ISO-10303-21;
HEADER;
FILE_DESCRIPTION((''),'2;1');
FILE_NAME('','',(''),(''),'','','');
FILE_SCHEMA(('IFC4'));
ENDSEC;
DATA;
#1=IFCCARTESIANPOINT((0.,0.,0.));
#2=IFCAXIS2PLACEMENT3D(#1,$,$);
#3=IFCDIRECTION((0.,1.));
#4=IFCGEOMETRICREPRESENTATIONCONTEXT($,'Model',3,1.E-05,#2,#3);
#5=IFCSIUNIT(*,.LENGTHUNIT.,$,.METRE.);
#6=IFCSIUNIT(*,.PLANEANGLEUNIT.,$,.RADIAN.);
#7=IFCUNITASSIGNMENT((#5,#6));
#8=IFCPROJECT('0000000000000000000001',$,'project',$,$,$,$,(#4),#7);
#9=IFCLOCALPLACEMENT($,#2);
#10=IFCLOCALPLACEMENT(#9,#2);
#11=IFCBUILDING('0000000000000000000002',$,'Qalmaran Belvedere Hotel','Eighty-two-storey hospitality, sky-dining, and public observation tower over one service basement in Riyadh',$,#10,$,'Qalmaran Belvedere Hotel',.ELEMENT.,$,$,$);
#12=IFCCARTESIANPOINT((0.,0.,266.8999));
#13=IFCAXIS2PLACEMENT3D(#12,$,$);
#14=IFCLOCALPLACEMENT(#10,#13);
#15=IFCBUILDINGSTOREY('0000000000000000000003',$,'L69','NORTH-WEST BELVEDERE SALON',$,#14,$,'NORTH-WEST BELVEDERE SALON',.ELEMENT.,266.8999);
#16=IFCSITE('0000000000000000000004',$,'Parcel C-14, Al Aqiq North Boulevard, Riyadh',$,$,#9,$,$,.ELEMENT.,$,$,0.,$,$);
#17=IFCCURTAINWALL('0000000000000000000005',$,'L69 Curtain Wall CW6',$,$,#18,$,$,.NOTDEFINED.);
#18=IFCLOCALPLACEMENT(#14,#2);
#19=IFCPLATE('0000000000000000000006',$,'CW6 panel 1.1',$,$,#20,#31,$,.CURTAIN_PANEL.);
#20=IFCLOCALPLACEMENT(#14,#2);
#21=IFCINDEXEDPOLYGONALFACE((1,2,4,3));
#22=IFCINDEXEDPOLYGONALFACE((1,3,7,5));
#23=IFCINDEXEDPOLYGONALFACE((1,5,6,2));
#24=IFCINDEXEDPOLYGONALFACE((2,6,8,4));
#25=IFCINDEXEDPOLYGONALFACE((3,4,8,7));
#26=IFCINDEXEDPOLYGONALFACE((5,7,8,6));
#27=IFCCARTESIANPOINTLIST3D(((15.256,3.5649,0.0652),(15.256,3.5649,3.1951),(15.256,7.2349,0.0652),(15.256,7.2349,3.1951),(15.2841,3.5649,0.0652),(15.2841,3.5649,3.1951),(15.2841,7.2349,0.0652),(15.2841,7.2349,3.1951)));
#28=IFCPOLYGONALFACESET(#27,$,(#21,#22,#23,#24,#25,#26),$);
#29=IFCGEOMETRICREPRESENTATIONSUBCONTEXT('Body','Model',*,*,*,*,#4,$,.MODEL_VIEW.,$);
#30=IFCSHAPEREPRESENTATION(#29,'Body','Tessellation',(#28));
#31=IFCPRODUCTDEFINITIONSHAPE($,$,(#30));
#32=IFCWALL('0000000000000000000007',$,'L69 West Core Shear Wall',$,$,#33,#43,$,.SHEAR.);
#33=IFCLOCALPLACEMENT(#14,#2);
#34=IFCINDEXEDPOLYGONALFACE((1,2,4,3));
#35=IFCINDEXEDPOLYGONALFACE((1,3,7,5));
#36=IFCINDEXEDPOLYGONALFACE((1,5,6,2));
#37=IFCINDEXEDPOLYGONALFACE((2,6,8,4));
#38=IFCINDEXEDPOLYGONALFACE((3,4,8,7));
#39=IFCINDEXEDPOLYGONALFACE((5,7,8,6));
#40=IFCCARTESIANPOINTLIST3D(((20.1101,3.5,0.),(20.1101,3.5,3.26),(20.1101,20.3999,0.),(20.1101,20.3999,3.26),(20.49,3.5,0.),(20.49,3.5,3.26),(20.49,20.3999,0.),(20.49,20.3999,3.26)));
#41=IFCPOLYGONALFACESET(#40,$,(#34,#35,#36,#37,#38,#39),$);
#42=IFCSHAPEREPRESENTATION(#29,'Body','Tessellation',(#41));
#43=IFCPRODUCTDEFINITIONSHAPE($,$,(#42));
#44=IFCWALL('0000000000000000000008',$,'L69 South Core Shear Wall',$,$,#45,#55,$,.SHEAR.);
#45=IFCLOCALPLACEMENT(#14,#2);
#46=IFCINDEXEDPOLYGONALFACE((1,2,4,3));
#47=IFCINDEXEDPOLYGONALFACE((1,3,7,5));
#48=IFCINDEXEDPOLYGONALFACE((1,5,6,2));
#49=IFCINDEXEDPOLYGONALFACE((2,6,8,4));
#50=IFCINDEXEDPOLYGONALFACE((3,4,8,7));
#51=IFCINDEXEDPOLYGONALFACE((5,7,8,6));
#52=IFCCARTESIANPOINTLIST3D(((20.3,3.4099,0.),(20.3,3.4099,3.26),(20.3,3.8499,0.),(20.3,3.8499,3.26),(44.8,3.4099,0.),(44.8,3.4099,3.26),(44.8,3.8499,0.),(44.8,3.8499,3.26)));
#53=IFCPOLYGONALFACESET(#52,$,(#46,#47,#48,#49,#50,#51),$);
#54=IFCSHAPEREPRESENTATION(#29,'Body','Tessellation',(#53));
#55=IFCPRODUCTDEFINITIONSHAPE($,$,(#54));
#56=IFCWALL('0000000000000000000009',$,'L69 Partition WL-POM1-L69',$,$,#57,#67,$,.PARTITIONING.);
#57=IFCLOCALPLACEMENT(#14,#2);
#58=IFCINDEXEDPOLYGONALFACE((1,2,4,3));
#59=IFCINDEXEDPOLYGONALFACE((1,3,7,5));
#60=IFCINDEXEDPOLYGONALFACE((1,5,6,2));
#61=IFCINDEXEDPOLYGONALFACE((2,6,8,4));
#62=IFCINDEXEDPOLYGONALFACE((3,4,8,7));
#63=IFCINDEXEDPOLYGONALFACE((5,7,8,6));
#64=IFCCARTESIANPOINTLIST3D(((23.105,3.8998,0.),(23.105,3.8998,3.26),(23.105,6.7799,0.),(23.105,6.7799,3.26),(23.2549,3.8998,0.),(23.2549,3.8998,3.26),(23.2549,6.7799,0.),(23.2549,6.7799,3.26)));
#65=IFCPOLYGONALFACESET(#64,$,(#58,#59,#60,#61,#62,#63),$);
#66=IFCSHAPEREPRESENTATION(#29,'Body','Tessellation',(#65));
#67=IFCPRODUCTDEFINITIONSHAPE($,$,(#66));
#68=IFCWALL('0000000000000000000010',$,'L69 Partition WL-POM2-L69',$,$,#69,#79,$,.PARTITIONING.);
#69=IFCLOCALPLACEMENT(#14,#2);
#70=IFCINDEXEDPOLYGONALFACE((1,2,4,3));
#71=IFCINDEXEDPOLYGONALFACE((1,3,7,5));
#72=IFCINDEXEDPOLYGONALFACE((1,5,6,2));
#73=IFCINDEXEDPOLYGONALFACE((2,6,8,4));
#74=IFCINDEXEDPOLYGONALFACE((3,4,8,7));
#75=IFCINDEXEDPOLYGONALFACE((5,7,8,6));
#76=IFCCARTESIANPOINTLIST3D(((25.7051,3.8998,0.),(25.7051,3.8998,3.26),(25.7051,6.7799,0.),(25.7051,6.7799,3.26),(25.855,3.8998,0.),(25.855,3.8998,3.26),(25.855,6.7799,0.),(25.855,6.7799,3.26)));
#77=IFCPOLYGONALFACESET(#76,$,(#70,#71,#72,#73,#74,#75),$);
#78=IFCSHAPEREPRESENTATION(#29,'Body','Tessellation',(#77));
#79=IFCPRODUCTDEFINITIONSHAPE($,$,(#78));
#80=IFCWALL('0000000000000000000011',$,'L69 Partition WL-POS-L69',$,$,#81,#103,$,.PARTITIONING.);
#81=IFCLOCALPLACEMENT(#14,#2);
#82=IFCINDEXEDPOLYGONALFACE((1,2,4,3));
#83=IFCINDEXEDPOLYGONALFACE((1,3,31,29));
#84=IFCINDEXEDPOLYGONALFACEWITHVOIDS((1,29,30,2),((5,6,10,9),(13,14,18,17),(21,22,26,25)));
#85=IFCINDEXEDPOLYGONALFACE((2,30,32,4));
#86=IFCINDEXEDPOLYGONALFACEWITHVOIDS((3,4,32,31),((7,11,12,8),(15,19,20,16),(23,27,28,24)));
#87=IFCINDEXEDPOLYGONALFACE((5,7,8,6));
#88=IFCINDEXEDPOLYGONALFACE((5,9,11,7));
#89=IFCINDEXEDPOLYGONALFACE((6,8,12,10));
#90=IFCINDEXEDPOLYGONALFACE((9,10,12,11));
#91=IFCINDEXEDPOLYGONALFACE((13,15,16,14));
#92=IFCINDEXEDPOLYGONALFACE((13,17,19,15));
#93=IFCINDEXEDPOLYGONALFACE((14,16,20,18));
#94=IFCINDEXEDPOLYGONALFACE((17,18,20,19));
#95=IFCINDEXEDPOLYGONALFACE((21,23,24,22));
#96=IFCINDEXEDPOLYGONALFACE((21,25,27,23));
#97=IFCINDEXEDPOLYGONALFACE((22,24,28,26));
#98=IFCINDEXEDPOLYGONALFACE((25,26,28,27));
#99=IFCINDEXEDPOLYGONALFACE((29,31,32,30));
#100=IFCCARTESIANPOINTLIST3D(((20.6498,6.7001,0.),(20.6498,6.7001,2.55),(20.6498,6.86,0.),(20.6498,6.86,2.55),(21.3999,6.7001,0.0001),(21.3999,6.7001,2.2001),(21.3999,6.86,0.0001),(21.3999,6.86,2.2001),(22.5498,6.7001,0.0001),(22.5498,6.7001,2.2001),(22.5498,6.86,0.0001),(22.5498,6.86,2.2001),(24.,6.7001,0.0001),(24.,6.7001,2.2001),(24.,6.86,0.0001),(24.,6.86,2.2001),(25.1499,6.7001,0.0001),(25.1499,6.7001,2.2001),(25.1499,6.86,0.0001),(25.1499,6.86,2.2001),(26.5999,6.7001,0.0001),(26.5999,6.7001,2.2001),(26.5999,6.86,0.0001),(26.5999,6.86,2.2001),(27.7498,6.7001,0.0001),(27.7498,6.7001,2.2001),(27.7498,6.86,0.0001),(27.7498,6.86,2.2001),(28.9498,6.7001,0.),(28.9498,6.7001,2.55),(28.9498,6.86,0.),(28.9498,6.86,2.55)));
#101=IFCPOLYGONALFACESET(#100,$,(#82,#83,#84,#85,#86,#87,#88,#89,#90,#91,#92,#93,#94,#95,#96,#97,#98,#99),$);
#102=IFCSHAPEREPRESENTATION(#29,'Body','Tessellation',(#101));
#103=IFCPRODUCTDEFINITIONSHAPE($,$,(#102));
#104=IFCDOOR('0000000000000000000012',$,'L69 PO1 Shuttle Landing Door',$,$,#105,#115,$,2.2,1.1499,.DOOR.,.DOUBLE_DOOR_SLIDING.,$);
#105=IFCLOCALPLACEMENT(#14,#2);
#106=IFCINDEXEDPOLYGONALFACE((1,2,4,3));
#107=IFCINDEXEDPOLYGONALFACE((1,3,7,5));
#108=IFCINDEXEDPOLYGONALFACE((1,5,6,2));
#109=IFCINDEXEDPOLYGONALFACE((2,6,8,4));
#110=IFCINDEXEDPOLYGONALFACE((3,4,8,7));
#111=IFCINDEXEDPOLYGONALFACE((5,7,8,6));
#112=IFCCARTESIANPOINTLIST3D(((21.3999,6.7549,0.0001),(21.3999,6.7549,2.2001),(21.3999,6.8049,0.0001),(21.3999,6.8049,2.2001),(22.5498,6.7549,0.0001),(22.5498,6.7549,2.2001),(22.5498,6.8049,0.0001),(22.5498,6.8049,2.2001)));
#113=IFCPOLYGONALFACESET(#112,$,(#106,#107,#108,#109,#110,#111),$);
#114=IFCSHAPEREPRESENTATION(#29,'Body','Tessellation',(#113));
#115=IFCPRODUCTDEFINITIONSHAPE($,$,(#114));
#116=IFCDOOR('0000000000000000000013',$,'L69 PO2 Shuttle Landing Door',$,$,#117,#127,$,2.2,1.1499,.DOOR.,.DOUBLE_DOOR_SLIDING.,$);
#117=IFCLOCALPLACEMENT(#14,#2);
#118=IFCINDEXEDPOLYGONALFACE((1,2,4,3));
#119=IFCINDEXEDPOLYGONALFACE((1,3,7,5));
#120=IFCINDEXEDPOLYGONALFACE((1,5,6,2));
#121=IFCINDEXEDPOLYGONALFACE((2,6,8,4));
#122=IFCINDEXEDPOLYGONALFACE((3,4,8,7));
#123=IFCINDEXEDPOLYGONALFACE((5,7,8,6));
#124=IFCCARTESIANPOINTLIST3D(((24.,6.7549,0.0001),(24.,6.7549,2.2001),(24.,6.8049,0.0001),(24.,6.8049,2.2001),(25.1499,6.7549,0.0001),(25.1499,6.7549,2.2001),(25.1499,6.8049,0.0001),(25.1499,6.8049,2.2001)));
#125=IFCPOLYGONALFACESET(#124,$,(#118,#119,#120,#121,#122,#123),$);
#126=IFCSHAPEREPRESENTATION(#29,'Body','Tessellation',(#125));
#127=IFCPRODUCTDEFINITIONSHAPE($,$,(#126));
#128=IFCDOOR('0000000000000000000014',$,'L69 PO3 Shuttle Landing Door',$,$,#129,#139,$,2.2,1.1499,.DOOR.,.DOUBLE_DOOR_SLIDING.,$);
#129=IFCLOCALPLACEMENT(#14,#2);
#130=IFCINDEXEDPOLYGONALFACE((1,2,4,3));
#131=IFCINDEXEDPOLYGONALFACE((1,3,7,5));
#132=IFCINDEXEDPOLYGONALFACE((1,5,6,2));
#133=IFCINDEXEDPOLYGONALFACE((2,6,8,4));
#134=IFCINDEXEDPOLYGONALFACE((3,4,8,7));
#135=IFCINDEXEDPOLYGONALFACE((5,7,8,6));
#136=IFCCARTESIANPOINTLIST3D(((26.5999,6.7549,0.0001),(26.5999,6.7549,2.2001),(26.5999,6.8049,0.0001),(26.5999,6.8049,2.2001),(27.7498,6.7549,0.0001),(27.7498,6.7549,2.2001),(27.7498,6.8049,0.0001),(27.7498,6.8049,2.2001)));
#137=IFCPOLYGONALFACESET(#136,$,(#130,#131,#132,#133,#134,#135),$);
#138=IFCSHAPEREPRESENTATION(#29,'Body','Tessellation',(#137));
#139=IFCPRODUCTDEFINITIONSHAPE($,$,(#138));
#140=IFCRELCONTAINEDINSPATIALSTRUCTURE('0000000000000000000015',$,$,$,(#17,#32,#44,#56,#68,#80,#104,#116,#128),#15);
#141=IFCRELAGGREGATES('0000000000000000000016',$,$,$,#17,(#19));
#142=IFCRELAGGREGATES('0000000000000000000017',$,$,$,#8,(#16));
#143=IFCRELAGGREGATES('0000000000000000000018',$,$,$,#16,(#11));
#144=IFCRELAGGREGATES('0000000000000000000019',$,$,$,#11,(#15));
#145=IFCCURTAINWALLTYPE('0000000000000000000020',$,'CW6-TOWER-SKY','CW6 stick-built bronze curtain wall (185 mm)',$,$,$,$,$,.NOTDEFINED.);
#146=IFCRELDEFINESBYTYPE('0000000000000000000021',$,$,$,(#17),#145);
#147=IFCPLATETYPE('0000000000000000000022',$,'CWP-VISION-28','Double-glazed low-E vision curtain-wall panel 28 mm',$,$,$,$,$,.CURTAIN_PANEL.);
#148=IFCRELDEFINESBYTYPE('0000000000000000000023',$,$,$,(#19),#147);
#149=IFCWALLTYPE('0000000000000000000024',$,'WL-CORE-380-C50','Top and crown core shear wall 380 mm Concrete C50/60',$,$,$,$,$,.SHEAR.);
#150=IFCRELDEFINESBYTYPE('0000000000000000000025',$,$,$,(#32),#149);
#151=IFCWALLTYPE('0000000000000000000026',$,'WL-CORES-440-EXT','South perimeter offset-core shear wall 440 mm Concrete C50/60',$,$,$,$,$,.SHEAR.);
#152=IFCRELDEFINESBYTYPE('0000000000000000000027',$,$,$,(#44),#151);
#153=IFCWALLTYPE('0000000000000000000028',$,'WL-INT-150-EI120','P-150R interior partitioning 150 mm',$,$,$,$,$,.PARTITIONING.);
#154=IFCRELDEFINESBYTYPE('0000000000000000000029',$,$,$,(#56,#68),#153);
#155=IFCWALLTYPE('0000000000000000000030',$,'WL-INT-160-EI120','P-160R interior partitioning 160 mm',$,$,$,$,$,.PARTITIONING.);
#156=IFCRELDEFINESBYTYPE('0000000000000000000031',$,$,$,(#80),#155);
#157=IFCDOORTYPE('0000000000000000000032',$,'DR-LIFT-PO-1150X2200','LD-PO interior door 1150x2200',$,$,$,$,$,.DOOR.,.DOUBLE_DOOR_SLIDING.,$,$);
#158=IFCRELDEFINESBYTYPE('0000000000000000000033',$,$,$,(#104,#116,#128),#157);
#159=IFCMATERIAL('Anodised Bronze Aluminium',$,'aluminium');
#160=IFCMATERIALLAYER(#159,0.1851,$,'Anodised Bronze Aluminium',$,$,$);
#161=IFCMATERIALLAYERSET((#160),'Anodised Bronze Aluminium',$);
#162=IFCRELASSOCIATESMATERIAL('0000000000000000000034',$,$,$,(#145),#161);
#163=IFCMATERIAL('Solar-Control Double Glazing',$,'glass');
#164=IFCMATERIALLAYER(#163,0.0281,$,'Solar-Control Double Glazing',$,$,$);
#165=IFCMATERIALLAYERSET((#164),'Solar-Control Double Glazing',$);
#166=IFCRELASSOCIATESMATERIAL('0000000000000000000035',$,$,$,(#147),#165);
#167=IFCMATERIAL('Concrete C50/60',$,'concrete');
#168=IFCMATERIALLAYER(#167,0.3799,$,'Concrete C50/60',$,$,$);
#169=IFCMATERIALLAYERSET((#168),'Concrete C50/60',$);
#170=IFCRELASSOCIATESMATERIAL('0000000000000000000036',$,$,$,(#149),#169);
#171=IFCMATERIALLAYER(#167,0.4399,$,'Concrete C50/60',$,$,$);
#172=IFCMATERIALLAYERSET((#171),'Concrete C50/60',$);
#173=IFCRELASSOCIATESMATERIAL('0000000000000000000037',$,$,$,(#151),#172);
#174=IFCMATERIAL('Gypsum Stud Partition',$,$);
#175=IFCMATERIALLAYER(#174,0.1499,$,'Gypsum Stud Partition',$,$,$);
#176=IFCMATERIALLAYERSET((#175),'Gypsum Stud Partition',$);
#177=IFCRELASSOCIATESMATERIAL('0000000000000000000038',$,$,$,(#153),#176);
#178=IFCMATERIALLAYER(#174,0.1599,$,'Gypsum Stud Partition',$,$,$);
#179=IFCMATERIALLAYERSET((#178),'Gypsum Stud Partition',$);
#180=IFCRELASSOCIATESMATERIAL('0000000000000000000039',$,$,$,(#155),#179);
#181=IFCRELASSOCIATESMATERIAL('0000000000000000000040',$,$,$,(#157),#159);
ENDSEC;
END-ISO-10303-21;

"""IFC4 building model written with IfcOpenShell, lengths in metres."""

from ifc_helpers import new_model, si_unit, direction, frame, frame_2d, origin, origin_2d, place, context, subcontext, project, spatial, rectangle, extrude, material, layer, layer_set, type_object, element, fill, aggregate, save


model = new_model("IFC4")

# Units and contexts
model_context = context("Model", 3, precision=1e-05, world=origin(), true_north=direction((0.0, 1.0)))
body_context = subcontext(model_context, "Body", "Model", "MODEL_VIEW")
ifc_project = project(units=[si_unit("LENGTHUNIT", "METRE"), si_unit("PLANEANGLEUNIT", "RADIAN")], contexts=[model_context])

# Site, building, storey
site_placement = place(None, origin())
site = spatial("IfcSite", under=ifc_project, at=site_placement, Name="Parcel C-14, Al Aqiq North Boulevard, Riyadh", CompositionType="ELEMENT", RefElevation=0.0)
building_placement = place(site_placement, origin())
building = spatial("IfcBuilding", under=site, at=building_placement, Name="Qalmaran Belvedere Hotel", Description="Eighty-two-storey hospitality, sky-dining, and public observation tower over one service basement in Riyadh", LongName="Qalmaran Belvedere Hotel", CompositionType="ELEMENT")
storey_placement = place(building_placement, frame((0.0, 0.0, 266.8999)))
storey = spatial("IfcBuildingStorey", under=building, at=storey_placement, Name="L69", Description="NORTH-WEST BELVEDERE SALON", LongName="NORTH-WEST BELVEDERE SALON", CompositionType="ELEMENT", Elevation=266.8999)

# Shared definitions
ifc_material_1 = material(Name="Concrete C50/60", Category="concrete")

# Shared definitions
ifc_material_2 = material(Name="Anodised Bronze Aluminium", Category="aluminium")
ifc_layer_1 = layer(ifc_material_2, 0.1851, Name="Anodised Bronze Aluminium")
ifc_layer_set_1 = layer_set([ifc_layer_1], Name="Anodised Bronze Aluminium")
curtain_wall_type = type_object("IfcCurtainWallType", Name="CW6-TOWER-SKY", Description="CW6 stick-built bronze curtain wall (185 mm)", PredefinedType="NOTDEFINED", material=ifc_layer_set_1)

# Curtain wall
curtain_wall_1_placement = place(storey_placement, origin())
curtain_wall_1 = element("IfcCurtainWall", 1, at=curtain_wall_1_placement, inside=storey, type_object=curtain_wall_type, Name="L69 Curtain Wall CW6", PredefinedType="NOTDEFINED")

# Plate
ifc_material_3 = material(Name="Solar-Control Double Glazing", Category="glass")
ifc_layer_2 = layer(ifc_material_3, 0.0281, Name="Solar-Control Double Glazing")
ifc_layer_set_2 = layer_set([ifc_layer_2], Name="Solar-Control Double Glazing")
plate_type = type_object("IfcPlateType", Name="CWP-VISION-28", Description="Double-glazed low-E vision curtain-wall panel 28 mm", PredefinedType="CURTAIN_PANEL", material=ifc_layer_set_2)
plate_1_placement = place(storey_placement, frame((15.27, 5.3999, 0.0652), z_axis=(0.0, 0.0, 1.0), x_axis=(0.0, -1.0, 0.0)))
plate_1 = element("IfcPlate", 2, at=plate_1_placement, type_object=plate_type, Name="CW6 panel 1.1", PredefinedType="CURTAIN_PANEL", context=body_context, shape_type="SweptSolid", body=[
    extrude(rectangle(XDim=3.6699, YDim=0.0281, at=origin_2d()), origin(), (0.0, 0.0, 1.0), 3.1299),
])
aggregate(curtain_wall_1, [plate_1])

# Walls
ifc_layer_3 = layer(ifc_material_1, 0.3799, Name="Concrete C50/60")
ifc_layer_set_3 = layer_set([ifc_layer_3], Name="Concrete C50/60")
wall_type_1 = type_object("IfcWallType", Name="WL-CORE-380-C50", Description="Top and crown core shear wall 380 mm Concrete C50/60", PredefinedType="SHEAR", material=ifc_layer_set_3)
wall_1_placement = place(storey_placement, frame((20.3, 3.5, 0.0), z_axis=(0.0, 0.0, 1.0), x_axis=(0.0, 1.0, 0.0)))
element("IfcWall", 3, at=wall_1_placement, inside=storey, type_object=wall_type_1, Name="L69 West Core Shear Wall", PredefinedType="SHEAR", context=body_context, shape_type="SweptSolid", body=[
    extrude(rectangle(XDim=16.8999, YDim=0.3799, at=frame_2d((8.45, 0.0))), origin(), (0.0, 0.0, 1.0), 3.26),
])
ifc_layer_4 = layer(ifc_material_1, 0.4399, Name="Concrete C50/60")
ifc_layer_set_4 = layer_set([ifc_layer_4], Name="Concrete C50/60")
wall_type_2 = type_object("IfcWallType", Name="WL-CORES-440-EXT", Description="South perimeter offset-core shear wall 440 mm Concrete C50/60", PredefinedType="SHEAR", material=ifc_layer_set_4)
wall_2_placement = place(storey_placement, frame((20.3, 3.6299, 0.0), z_axis=(0.0, 0.0, 1.0), x_axis=(1.0, 0.0, 0.0)))
element("IfcWall", 4, at=wall_2_placement, inside=storey, type_object=wall_type_2, Name="L69 South Core Shear Wall", PredefinedType="SHEAR", context=body_context, shape_type="SweptSolid", body=[
    extrude(rectangle(XDim=24.5, YDim=0.4399, at=frame_2d((12.25, 0.0))), origin(), (0.0, 0.0, 1.0), 3.26),
])
ifc_material_4 = material(Name="Gypsum Stud Partition")
ifc_layer_5 = layer(ifc_material_4, 0.1499, Name="Gypsum Stud Partition")
ifc_layer_set_5 = layer_set([ifc_layer_5], Name="Gypsum Stud Partition")
wall_type_3 = type_object("IfcWallType", Name="WL-INT-150-EI120", Description="P-150R interior partitioning 150 mm", PredefinedType="PARTITIONING", material=ifc_layer_set_5)
for number, where, z_axis, x_axis, name in (
    (5, (23.1799, 3.8999, 0.0), (0.0, 0.0, 1.0), (0.0, 1.0, 0.0), "L69 Partition WL-POM1-L69"),
    (6, (25.78, 3.8999, 0.0), (0.0, 0.0, 1.0), (0.0, 1.0, 0.0), "L69 Partition WL-POM2-L69"),
):
    element("IfcWall", number, at=place(storey_placement, frame(where, z_axis=z_axis, x_axis=x_axis)), inside=storey, type_object=wall_type_3, Name=name, PredefinedType="PARTITIONING", context=body_context, shape_type="SweptSolid", body=[
        extrude(rectangle(XDim=2.8801, YDim=0.1499, at=frame_2d((1.4399, 0.0))), origin(), (0.0, 0.0, 1.0), 3.26),
    ])

# Wall, openings, doors
ifc_layer_6 = layer(ifc_material_4, 0.1599, Name="Gypsum Stud Partition")
ifc_layer_set_6 = layer_set([ifc_layer_6], Name="Gypsum Stud Partition")
wall_type_4 = type_object("IfcWallType", Name="WL-INT-160-EI120", Description="P-160R interior partitioning 160 mm", PredefinedType="PARTITIONING", material=ifc_layer_set_6)
wall_3_placement = place(storey_placement, frame((20.6499, 6.78, 0.0), z_axis=(0.0, 0.0, 1.0), x_axis=(1.0, 0.0, 0.0)))
wall_3 = element("IfcWall", 7, at=wall_3_placement, inside=storey, type_object=wall_type_4, Name="L69 Partition WL-POS-L69", PredefinedType="PARTITIONING", context=body_context, shape_type="SweptSolid", body=[
    extrude(rectangle(XDim=8.3, YDim=0.1599, at=frame_2d((4.1499, 0.0))), origin(), (0.0, 0.0, 1.0), 2.55),
])
opening_1_placement = place(wall_3_placement, frame((0.75, 0.0, 0.0)))
opening_1 = element("IfcOpeningElement", 8, at=opening_1_placement, cuts=wall_3, PredefinedType="OPENING", context=body_context, shape_type="SweptSolid", body=[
    extrude(rectangle(XDim=1.1499, YDim=2.2, at=frame_2d((0.575, 1.1001))), frame((0.0, 0.0898, 0.0), z_axis=(0.0, -1.0, 0.0), x_axis=(1.0, 0.0, 0.0)), (0.0, 0.0, 1.0), 0.1799),
])
opening_2_placement = place(wall_3_placement, frame((3.3501, 0.0, 0.0)))
opening_2 = element("IfcOpeningElement", 9, at=opening_2_placement, cuts=wall_3, PredefinedType="OPENING", context=body_context, shape_type="SweptSolid", body=[
    extrude(rectangle(XDim=1.1499, YDim=2.2, at=frame_2d((0.575, 1.1001))), frame((0.0, 0.0898, 0.0), z_axis=(0.0, -1.0, 0.0), x_axis=(1.0, 0.0, 0.0)), (0.0, 0.0, 1.0), 0.1799),
])
opening_3_placement = place(wall_3_placement, frame((5.95, 0.0, 0.0)))
opening_3 = element("IfcOpeningElement", 10, at=opening_3_placement, cuts=wall_3, PredefinedType="OPENING", context=body_context, shape_type="SweptSolid", body=[
    extrude(rectangle(XDim=1.1499, YDim=2.2, at=frame_2d((0.575, 1.1001))), frame((0.0, 0.0898, 0.0), z_axis=(0.0, -1.0, 0.0), x_axis=(1.0, 0.0, 0.0)), (0.0, 0.0, 1.0), 0.1799),
])
door_type = type_object("IfcDoorType", Name="DR-LIFT-PO-1150X2200", Description="LD-PO interior door 1150x2200", OperationType="DOUBLE_DOOR_SLIDING", PredefinedType="DOOR", material=ifc_material_2)
door_1_placement = place(opening_1_placement, origin())
door_1 = element("IfcDoor", 11, at=door_1_placement, inside=storey, type_object=door_type, Name="L69 PO1 Shuttle Landing Door", OperationType="DOUBLE_DOOR_SLIDING", OverallHeight=2.2, OverallWidth=1.1499, PredefinedType="DOOR", context=body_context, shape_type="SweptSolid", body=[
    extrude(rectangle(XDim=1.1499, YDim=2.2, at=frame_2d((0.575, 1.1001))), frame((0.0, 0.0249, 0.0), z_axis=(0.0, -1.0, 0.0), x_axis=(1.0, 0.0, 0.0)), (0.0, 0.0, 1.0), 0.05),
])
fill(opening_1, door_1)
door_2_placement = place(opening_2_placement, origin())
door_2 = element("IfcDoor", 12, at=door_2_placement, inside=storey, type_object=door_type, Name="L69 PO2 Shuttle Landing Door", OperationType="DOUBLE_DOOR_SLIDING", OverallHeight=2.2, OverallWidth=1.1499, PredefinedType="DOOR", context=body_context, shape_type="SweptSolid", body=[
    extrude(rectangle(XDim=1.1499, YDim=2.2, at=frame_2d((0.575, 1.1001))), frame((0.0, 0.0249, 0.0), z_axis=(0.0, -1.0, 0.0), x_axis=(1.0, 0.0, 0.0)), (0.0, 0.0, 1.0), 0.05),
])
fill(opening_2, door_2)
door_3_placement = place(opening_3_placement, origin())
door_3 = element("IfcDoor", 13, at=door_3_placement, inside=storey, type_object=door_type, Name="L69 PO3 Shuttle Landing Door", OperationType="DOUBLE_DOOR_SLIDING", OverallHeight=2.2, OverallWidth=1.1499, PredefinedType="DOOR", context=body_context, shape_type="SweptSolid", body=[
    extrude(rectangle(XDim=1.1499, YDim=2.2, at=frame_2d((0.575, 1.1001))), frame((0.0, 0.0249, 0.0), z_axis=(0.0, -1.0, 0.0), x_axis=(1.0, 0.0, 0.0)), (0.0, 0.0, 1.0), 0.05),
])
fill(opening_3, door_3)

save(model, "model.ifc")
